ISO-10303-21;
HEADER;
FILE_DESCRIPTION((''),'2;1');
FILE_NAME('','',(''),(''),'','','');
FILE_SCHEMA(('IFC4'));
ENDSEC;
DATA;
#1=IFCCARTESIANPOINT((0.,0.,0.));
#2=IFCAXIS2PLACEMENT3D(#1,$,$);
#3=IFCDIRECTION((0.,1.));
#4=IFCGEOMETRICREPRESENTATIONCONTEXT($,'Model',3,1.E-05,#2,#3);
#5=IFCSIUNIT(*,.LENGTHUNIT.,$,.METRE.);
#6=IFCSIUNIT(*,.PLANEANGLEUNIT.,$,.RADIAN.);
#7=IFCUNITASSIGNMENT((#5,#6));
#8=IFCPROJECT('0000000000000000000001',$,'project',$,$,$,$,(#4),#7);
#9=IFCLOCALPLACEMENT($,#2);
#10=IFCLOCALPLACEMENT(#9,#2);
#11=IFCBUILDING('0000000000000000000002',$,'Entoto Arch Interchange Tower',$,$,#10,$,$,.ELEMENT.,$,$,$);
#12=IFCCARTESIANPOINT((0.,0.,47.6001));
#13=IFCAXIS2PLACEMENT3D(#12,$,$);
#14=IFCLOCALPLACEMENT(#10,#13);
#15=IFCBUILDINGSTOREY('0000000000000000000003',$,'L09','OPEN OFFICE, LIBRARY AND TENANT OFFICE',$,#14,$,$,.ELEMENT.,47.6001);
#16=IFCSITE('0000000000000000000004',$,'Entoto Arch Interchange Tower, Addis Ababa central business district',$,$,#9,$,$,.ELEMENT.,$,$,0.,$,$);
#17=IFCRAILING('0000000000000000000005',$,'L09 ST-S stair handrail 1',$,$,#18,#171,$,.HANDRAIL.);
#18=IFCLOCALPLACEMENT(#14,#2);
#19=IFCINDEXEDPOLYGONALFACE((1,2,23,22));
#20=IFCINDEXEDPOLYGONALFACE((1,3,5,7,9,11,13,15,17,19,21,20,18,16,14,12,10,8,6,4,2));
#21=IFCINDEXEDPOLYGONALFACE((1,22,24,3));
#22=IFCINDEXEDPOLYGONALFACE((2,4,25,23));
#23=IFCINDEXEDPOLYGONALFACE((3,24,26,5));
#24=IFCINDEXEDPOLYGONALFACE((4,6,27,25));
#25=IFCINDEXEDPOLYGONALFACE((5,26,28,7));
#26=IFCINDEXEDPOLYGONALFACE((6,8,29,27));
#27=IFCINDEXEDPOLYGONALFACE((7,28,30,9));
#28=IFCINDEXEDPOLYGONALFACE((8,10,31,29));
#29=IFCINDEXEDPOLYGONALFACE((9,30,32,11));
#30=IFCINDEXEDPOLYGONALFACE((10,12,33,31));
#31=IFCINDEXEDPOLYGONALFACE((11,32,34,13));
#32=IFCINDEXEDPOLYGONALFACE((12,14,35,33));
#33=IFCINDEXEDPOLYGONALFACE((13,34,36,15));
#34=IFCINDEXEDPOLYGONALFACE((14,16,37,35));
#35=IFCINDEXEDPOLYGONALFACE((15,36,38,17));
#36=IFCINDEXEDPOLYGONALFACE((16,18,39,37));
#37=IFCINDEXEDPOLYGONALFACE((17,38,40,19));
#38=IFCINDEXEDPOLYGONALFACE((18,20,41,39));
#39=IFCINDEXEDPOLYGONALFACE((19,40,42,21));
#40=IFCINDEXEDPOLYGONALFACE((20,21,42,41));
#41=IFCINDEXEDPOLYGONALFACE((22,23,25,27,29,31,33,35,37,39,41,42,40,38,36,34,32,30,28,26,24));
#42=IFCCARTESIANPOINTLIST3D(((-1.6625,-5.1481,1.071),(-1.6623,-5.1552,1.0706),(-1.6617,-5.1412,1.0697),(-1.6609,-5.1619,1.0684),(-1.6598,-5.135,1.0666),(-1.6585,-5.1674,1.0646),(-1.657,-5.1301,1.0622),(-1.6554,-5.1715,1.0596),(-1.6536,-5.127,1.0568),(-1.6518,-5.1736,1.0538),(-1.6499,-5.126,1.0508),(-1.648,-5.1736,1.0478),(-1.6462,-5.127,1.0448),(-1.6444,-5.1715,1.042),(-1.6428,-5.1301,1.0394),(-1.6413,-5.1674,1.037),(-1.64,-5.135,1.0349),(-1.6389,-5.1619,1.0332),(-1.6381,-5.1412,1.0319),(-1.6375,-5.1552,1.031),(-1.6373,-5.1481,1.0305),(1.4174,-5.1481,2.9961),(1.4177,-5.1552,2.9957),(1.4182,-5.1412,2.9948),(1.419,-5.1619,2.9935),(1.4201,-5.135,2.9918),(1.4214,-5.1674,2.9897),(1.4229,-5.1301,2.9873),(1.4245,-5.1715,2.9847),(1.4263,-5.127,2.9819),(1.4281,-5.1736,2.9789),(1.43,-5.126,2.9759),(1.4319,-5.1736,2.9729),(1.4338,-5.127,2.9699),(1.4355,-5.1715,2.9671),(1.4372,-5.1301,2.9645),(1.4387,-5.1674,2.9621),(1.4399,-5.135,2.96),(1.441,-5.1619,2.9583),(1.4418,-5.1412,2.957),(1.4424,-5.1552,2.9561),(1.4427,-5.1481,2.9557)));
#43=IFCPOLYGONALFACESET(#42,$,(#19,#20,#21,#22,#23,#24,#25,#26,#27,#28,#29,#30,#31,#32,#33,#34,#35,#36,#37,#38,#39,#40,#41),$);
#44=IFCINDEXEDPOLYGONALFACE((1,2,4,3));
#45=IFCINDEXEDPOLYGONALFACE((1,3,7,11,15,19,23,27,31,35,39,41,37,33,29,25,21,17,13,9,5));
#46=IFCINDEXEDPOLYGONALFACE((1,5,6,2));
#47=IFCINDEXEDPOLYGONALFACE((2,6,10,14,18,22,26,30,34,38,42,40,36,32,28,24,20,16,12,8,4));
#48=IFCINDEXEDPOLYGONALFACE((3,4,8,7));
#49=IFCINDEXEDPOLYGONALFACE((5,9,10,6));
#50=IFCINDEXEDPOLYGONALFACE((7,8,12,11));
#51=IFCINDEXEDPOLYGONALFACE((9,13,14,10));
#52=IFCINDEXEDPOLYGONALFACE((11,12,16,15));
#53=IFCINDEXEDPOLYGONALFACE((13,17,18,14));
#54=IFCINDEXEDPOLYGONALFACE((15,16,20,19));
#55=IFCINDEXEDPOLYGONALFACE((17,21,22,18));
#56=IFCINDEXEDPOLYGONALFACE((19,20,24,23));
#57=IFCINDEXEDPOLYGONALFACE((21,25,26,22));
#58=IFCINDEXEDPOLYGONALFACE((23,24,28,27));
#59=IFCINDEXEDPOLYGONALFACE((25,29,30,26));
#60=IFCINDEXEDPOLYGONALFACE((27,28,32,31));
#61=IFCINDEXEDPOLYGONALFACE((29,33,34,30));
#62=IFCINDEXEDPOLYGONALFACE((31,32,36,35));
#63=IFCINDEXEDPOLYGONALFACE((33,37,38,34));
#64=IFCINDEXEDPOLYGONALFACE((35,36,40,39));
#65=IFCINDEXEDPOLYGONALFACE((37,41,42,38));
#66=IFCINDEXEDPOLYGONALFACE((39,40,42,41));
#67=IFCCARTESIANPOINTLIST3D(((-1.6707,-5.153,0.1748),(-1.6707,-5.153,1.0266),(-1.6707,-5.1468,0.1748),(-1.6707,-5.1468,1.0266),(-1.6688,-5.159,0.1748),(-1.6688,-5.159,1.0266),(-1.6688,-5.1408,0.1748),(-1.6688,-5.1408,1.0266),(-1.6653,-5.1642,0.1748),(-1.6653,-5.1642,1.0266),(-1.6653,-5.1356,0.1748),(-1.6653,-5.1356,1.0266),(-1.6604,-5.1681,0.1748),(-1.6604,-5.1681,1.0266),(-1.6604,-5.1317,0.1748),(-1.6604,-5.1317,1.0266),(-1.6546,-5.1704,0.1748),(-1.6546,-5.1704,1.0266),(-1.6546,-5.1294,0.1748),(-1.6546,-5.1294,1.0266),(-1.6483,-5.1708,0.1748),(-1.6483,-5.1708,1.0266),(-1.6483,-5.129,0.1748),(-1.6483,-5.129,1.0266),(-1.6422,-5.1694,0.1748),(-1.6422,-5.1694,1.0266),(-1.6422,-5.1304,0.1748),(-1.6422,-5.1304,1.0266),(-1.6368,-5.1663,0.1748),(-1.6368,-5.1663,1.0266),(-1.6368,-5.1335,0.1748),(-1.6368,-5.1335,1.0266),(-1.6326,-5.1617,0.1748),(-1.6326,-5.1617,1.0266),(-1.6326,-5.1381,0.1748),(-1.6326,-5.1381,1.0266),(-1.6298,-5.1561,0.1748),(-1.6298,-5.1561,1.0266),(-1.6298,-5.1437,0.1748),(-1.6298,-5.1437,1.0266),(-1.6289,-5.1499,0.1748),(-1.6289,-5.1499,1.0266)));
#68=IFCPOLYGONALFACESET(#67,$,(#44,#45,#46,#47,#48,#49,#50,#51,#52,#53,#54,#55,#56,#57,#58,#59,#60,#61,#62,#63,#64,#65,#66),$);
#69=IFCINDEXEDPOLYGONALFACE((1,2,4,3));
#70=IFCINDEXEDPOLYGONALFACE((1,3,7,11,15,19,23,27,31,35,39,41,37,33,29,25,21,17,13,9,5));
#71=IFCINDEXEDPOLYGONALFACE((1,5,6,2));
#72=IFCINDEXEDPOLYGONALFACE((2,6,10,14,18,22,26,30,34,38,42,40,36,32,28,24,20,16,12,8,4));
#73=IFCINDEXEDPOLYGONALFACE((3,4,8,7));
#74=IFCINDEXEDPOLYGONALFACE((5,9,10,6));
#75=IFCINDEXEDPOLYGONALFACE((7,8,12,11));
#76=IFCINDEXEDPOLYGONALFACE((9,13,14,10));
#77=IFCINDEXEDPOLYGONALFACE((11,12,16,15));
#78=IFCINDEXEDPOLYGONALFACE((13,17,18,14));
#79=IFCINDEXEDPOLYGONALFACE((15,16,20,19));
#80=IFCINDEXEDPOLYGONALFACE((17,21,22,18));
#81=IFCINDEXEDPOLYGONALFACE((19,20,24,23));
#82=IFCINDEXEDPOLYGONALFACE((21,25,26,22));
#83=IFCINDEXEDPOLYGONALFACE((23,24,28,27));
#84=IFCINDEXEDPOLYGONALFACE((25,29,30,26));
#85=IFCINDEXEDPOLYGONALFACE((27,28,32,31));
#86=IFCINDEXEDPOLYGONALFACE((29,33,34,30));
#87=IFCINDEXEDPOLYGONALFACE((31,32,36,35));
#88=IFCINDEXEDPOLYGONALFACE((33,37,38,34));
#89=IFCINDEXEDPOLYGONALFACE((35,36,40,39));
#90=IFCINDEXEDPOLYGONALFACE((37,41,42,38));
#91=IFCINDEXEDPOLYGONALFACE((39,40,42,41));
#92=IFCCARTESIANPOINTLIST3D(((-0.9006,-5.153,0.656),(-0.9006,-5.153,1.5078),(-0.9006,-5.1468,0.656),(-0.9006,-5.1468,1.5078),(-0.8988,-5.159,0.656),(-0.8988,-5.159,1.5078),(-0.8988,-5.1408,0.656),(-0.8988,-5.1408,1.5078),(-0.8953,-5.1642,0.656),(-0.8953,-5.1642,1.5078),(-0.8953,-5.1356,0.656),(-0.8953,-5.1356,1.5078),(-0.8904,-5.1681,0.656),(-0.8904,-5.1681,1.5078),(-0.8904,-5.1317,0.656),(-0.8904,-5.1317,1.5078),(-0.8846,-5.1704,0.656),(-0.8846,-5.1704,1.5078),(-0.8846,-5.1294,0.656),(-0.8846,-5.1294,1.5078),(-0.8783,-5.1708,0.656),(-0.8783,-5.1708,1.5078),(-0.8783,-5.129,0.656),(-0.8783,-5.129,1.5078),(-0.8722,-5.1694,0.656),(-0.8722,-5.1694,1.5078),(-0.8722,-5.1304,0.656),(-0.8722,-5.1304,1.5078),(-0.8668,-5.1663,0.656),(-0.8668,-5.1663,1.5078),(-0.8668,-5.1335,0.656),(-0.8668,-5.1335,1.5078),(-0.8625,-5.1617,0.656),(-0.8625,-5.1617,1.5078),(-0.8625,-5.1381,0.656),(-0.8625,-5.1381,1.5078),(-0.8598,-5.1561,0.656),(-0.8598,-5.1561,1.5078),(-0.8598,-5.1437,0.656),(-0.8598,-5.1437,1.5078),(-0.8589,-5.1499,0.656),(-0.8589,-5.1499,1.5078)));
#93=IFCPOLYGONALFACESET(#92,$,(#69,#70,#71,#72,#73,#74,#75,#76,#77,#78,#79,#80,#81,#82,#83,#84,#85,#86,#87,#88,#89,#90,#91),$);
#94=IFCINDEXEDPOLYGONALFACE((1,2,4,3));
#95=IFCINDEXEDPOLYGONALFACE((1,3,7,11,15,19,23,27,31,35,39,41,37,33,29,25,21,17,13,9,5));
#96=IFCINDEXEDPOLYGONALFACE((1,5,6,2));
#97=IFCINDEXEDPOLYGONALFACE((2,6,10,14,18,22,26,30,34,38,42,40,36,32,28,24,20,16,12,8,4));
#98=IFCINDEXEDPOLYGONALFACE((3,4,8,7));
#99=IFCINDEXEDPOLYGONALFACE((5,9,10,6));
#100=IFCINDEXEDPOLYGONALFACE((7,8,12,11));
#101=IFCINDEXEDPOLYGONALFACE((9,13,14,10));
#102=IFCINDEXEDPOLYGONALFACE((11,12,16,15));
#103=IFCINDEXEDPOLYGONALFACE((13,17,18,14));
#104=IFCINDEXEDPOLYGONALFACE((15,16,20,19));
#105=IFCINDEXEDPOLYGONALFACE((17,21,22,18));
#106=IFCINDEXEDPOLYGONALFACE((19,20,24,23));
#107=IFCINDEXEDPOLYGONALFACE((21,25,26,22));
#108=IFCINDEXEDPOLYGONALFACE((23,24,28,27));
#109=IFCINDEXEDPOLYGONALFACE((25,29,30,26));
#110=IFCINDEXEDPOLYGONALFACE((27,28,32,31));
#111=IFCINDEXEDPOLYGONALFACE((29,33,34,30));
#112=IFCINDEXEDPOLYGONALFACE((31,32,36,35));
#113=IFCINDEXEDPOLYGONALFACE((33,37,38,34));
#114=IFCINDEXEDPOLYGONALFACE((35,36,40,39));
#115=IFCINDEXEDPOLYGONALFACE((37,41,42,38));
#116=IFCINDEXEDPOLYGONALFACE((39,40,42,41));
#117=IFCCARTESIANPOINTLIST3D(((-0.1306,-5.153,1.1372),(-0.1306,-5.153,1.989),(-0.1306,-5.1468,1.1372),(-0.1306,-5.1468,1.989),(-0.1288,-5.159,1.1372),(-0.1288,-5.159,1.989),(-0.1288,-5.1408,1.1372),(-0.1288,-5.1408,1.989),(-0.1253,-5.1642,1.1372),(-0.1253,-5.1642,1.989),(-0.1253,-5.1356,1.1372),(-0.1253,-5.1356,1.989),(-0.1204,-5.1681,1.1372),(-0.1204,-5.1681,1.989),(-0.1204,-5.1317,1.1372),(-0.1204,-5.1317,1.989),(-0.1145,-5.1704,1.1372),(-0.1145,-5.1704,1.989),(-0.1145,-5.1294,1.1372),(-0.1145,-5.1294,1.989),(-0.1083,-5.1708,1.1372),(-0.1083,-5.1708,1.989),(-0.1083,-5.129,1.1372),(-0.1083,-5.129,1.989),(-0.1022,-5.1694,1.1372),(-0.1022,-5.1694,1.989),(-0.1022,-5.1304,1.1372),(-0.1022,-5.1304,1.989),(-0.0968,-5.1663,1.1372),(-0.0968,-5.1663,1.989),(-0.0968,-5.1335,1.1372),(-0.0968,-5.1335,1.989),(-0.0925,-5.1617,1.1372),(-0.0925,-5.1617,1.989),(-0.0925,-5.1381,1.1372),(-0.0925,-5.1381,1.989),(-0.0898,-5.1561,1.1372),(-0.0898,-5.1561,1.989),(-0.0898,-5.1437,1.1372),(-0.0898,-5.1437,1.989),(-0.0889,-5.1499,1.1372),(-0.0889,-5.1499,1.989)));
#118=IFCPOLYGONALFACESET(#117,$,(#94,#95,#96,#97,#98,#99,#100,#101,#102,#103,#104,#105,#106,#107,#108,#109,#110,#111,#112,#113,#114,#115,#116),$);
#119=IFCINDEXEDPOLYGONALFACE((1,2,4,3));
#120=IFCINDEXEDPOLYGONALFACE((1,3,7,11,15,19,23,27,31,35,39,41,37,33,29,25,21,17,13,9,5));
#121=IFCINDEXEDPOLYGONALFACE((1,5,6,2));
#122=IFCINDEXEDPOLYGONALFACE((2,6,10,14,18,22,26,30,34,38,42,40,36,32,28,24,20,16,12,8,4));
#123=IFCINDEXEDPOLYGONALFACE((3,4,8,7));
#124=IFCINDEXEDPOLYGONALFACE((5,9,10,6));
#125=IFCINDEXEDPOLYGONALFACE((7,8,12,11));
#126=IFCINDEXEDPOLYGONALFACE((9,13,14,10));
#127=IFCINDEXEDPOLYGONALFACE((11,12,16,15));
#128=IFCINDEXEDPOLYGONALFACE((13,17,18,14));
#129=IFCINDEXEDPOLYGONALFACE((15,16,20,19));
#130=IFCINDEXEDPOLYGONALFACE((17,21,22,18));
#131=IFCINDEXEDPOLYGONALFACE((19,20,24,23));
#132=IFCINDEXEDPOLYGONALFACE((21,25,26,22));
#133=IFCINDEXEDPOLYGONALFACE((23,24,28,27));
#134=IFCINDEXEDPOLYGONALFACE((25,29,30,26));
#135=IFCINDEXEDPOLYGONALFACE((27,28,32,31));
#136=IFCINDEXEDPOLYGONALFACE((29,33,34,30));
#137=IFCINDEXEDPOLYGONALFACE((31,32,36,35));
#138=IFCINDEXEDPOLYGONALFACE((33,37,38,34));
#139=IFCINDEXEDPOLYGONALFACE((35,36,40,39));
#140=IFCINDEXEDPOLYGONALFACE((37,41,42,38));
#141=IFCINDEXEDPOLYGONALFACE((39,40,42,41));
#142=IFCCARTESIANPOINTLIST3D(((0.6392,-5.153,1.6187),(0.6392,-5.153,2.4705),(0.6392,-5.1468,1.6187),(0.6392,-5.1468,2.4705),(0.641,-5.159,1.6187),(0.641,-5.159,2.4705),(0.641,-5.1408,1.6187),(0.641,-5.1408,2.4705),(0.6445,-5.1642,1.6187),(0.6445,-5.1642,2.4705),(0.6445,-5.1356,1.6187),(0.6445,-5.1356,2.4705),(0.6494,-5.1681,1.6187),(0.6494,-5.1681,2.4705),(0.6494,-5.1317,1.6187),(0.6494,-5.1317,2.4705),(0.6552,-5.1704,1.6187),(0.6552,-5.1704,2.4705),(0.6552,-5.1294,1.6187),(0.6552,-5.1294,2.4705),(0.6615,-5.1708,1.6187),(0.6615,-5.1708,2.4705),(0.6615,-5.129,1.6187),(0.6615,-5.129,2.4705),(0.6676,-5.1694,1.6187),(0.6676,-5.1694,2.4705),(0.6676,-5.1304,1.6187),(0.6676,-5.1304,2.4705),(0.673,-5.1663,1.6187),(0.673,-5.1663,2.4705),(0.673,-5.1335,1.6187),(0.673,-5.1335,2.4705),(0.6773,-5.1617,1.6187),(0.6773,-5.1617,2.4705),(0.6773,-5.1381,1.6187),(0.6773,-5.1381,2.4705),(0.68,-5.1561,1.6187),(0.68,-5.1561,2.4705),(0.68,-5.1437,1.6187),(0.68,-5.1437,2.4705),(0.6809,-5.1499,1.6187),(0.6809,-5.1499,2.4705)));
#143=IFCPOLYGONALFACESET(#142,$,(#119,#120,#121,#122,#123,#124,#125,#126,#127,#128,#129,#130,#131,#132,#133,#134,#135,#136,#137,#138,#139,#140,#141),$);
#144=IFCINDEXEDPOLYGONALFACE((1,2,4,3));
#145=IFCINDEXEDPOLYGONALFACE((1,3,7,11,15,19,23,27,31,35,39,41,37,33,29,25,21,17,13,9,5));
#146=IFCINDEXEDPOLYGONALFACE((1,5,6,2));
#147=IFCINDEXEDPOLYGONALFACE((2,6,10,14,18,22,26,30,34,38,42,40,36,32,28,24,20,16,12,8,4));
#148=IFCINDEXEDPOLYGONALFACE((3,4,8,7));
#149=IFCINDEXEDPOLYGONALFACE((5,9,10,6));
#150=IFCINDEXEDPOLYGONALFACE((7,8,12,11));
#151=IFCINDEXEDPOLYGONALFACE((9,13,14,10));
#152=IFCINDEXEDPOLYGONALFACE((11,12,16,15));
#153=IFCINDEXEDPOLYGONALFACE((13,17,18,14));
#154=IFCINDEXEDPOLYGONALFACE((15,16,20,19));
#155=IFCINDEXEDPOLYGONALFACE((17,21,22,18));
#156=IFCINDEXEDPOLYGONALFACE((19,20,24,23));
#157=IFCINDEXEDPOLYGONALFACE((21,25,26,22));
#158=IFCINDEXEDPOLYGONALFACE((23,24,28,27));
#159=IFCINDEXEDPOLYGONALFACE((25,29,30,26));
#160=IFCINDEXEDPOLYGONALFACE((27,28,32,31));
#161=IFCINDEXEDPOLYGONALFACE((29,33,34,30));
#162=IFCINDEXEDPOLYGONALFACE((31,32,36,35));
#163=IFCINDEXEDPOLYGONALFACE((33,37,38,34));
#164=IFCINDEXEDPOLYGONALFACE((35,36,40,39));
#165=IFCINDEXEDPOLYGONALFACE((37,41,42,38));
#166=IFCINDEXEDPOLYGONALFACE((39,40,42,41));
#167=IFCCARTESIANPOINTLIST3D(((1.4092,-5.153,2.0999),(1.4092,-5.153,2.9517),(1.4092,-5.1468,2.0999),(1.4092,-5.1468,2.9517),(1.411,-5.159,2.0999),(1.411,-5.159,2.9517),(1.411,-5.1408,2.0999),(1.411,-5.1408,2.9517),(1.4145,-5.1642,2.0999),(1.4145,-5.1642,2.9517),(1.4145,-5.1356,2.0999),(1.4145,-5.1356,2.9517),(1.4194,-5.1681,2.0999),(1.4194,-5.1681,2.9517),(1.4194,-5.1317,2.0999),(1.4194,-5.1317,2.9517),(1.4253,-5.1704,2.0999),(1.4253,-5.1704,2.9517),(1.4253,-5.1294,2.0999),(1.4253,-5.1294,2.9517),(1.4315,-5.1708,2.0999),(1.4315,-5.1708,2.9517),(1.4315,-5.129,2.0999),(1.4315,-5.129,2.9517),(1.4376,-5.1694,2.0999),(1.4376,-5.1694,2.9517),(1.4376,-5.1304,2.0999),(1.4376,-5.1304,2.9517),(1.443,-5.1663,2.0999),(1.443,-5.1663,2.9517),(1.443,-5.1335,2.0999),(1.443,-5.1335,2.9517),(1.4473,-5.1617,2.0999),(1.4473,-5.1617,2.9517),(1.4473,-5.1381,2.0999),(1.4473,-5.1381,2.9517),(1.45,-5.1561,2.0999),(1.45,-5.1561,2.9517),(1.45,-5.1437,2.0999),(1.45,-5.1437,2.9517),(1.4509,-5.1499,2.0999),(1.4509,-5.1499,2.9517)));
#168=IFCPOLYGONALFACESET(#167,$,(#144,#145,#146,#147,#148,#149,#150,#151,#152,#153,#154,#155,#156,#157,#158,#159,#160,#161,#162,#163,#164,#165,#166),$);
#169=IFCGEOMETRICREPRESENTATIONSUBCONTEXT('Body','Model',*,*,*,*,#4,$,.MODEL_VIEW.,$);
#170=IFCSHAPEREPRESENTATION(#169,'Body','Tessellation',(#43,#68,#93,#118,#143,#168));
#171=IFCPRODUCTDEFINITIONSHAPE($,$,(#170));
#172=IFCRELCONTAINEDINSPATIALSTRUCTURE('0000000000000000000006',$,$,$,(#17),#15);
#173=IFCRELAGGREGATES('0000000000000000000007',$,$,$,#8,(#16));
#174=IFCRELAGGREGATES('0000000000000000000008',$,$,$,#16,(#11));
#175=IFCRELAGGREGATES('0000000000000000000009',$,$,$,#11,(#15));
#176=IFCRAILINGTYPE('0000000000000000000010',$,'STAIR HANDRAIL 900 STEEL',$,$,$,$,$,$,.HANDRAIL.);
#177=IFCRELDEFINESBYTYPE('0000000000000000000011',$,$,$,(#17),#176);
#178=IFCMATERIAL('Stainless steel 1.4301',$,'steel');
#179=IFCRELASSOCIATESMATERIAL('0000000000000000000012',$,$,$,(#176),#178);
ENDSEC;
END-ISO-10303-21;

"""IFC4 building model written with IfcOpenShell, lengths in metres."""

from ifc_helpers import new_model, si_unit, direction, frame, origin, origin_2d, place, context, subcontext, project, spatial, circle, extrude, material, type_object, element, save


model = new_model("IFC4")

# Units and contexts
model_context = context("Model", 3, precision=1e-05, world=origin(), true_north=direction((0.0, 1.0)))
body_context = subcontext(model_context, "Body", "Model", "MODEL_VIEW")
ifc_project = project(units=[si_unit("LENGTHUNIT", "METRE"), si_unit("PLANEANGLEUNIT", "RADIAN")], contexts=[model_context])

# Site, building, storey
site_placement = place(None, origin())
site = spatial("IfcSite", under=ifc_project, at=site_placement, Name="Entoto Arch Interchange Tower, Addis Ababa central business district", CompositionType="ELEMENT", RefElevation=0.0)
building_placement = place(site_placement, origin())
building = spatial("IfcBuilding", under=site, at=building_placement, Name="Entoto Arch Interchange Tower", CompositionType="ELEMENT")
storey_placement = place(building_placement, frame((0.0, 0.0, 47.6001)))
storey = spatial("IfcBuildingStorey", under=building, at=storey_placement, Name="L09", Description="OPEN OFFICE, LIBRARY AND TENANT OFFICE", CompositionType="ELEMENT", Elevation=47.6001)

# Railing
ifc_material_1 = material(Name="Stainless steel 1.4301", Category="steel")
railing_type_1 = type_object("IfcRailingType", Name="STAIR HANDRAIL 900 STEEL", PredefinedType="HANDRAIL", material=ifc_material_1)
railing_1_placement = place(storey_placement, frame((-1.6499, -5.1499, 0.1748)))
element("IfcRailing", 1, at=railing_1_placement, inside=storey, type_object=railing_type_1, Name="L09 ST-S stair handrail 1", PredefinedType="HANDRAIL", context=body_context, shape_type="SweptSolid", body=[
    extrude(circle(Radius=0.0239, at=origin_2d()), frame((0.0, 0.0, 0.876), z_axis=(0.847979, 0.0, 0.530029), x_axis=(0.0, 1.0, 0.0)), (0.0, 0.0, 1.0), 3.6321),
    extrude(circle(Radius=0.021, at=origin_2d()), origin(), (0.0, 0.0, 1.0), 0.8518),
    extrude(circle(Radius=0.021, at=origin_2d()), frame((0.77, 0.0, 0.4812)), (0.0, 0.0, 1.0), 0.8518),
    extrude(circle(Radius=0.021, at=origin_2d()), frame((1.54, 0.0, 0.9624)), (0.0, 0.0, 1.0), 0.8518),
    extrude(circle(Radius=0.021, at=origin_2d()), frame((2.3098, 0.0, 1.4438)), (0.0, 0.0, 1.0), 0.8518),
    extrude(circle(Radius=0.021, at=origin_2d()), frame((3.0798, 0.0, 1.925)), (0.0, 0.0, 1.0), 0.8518),
])

save(model, "model.ifc")
